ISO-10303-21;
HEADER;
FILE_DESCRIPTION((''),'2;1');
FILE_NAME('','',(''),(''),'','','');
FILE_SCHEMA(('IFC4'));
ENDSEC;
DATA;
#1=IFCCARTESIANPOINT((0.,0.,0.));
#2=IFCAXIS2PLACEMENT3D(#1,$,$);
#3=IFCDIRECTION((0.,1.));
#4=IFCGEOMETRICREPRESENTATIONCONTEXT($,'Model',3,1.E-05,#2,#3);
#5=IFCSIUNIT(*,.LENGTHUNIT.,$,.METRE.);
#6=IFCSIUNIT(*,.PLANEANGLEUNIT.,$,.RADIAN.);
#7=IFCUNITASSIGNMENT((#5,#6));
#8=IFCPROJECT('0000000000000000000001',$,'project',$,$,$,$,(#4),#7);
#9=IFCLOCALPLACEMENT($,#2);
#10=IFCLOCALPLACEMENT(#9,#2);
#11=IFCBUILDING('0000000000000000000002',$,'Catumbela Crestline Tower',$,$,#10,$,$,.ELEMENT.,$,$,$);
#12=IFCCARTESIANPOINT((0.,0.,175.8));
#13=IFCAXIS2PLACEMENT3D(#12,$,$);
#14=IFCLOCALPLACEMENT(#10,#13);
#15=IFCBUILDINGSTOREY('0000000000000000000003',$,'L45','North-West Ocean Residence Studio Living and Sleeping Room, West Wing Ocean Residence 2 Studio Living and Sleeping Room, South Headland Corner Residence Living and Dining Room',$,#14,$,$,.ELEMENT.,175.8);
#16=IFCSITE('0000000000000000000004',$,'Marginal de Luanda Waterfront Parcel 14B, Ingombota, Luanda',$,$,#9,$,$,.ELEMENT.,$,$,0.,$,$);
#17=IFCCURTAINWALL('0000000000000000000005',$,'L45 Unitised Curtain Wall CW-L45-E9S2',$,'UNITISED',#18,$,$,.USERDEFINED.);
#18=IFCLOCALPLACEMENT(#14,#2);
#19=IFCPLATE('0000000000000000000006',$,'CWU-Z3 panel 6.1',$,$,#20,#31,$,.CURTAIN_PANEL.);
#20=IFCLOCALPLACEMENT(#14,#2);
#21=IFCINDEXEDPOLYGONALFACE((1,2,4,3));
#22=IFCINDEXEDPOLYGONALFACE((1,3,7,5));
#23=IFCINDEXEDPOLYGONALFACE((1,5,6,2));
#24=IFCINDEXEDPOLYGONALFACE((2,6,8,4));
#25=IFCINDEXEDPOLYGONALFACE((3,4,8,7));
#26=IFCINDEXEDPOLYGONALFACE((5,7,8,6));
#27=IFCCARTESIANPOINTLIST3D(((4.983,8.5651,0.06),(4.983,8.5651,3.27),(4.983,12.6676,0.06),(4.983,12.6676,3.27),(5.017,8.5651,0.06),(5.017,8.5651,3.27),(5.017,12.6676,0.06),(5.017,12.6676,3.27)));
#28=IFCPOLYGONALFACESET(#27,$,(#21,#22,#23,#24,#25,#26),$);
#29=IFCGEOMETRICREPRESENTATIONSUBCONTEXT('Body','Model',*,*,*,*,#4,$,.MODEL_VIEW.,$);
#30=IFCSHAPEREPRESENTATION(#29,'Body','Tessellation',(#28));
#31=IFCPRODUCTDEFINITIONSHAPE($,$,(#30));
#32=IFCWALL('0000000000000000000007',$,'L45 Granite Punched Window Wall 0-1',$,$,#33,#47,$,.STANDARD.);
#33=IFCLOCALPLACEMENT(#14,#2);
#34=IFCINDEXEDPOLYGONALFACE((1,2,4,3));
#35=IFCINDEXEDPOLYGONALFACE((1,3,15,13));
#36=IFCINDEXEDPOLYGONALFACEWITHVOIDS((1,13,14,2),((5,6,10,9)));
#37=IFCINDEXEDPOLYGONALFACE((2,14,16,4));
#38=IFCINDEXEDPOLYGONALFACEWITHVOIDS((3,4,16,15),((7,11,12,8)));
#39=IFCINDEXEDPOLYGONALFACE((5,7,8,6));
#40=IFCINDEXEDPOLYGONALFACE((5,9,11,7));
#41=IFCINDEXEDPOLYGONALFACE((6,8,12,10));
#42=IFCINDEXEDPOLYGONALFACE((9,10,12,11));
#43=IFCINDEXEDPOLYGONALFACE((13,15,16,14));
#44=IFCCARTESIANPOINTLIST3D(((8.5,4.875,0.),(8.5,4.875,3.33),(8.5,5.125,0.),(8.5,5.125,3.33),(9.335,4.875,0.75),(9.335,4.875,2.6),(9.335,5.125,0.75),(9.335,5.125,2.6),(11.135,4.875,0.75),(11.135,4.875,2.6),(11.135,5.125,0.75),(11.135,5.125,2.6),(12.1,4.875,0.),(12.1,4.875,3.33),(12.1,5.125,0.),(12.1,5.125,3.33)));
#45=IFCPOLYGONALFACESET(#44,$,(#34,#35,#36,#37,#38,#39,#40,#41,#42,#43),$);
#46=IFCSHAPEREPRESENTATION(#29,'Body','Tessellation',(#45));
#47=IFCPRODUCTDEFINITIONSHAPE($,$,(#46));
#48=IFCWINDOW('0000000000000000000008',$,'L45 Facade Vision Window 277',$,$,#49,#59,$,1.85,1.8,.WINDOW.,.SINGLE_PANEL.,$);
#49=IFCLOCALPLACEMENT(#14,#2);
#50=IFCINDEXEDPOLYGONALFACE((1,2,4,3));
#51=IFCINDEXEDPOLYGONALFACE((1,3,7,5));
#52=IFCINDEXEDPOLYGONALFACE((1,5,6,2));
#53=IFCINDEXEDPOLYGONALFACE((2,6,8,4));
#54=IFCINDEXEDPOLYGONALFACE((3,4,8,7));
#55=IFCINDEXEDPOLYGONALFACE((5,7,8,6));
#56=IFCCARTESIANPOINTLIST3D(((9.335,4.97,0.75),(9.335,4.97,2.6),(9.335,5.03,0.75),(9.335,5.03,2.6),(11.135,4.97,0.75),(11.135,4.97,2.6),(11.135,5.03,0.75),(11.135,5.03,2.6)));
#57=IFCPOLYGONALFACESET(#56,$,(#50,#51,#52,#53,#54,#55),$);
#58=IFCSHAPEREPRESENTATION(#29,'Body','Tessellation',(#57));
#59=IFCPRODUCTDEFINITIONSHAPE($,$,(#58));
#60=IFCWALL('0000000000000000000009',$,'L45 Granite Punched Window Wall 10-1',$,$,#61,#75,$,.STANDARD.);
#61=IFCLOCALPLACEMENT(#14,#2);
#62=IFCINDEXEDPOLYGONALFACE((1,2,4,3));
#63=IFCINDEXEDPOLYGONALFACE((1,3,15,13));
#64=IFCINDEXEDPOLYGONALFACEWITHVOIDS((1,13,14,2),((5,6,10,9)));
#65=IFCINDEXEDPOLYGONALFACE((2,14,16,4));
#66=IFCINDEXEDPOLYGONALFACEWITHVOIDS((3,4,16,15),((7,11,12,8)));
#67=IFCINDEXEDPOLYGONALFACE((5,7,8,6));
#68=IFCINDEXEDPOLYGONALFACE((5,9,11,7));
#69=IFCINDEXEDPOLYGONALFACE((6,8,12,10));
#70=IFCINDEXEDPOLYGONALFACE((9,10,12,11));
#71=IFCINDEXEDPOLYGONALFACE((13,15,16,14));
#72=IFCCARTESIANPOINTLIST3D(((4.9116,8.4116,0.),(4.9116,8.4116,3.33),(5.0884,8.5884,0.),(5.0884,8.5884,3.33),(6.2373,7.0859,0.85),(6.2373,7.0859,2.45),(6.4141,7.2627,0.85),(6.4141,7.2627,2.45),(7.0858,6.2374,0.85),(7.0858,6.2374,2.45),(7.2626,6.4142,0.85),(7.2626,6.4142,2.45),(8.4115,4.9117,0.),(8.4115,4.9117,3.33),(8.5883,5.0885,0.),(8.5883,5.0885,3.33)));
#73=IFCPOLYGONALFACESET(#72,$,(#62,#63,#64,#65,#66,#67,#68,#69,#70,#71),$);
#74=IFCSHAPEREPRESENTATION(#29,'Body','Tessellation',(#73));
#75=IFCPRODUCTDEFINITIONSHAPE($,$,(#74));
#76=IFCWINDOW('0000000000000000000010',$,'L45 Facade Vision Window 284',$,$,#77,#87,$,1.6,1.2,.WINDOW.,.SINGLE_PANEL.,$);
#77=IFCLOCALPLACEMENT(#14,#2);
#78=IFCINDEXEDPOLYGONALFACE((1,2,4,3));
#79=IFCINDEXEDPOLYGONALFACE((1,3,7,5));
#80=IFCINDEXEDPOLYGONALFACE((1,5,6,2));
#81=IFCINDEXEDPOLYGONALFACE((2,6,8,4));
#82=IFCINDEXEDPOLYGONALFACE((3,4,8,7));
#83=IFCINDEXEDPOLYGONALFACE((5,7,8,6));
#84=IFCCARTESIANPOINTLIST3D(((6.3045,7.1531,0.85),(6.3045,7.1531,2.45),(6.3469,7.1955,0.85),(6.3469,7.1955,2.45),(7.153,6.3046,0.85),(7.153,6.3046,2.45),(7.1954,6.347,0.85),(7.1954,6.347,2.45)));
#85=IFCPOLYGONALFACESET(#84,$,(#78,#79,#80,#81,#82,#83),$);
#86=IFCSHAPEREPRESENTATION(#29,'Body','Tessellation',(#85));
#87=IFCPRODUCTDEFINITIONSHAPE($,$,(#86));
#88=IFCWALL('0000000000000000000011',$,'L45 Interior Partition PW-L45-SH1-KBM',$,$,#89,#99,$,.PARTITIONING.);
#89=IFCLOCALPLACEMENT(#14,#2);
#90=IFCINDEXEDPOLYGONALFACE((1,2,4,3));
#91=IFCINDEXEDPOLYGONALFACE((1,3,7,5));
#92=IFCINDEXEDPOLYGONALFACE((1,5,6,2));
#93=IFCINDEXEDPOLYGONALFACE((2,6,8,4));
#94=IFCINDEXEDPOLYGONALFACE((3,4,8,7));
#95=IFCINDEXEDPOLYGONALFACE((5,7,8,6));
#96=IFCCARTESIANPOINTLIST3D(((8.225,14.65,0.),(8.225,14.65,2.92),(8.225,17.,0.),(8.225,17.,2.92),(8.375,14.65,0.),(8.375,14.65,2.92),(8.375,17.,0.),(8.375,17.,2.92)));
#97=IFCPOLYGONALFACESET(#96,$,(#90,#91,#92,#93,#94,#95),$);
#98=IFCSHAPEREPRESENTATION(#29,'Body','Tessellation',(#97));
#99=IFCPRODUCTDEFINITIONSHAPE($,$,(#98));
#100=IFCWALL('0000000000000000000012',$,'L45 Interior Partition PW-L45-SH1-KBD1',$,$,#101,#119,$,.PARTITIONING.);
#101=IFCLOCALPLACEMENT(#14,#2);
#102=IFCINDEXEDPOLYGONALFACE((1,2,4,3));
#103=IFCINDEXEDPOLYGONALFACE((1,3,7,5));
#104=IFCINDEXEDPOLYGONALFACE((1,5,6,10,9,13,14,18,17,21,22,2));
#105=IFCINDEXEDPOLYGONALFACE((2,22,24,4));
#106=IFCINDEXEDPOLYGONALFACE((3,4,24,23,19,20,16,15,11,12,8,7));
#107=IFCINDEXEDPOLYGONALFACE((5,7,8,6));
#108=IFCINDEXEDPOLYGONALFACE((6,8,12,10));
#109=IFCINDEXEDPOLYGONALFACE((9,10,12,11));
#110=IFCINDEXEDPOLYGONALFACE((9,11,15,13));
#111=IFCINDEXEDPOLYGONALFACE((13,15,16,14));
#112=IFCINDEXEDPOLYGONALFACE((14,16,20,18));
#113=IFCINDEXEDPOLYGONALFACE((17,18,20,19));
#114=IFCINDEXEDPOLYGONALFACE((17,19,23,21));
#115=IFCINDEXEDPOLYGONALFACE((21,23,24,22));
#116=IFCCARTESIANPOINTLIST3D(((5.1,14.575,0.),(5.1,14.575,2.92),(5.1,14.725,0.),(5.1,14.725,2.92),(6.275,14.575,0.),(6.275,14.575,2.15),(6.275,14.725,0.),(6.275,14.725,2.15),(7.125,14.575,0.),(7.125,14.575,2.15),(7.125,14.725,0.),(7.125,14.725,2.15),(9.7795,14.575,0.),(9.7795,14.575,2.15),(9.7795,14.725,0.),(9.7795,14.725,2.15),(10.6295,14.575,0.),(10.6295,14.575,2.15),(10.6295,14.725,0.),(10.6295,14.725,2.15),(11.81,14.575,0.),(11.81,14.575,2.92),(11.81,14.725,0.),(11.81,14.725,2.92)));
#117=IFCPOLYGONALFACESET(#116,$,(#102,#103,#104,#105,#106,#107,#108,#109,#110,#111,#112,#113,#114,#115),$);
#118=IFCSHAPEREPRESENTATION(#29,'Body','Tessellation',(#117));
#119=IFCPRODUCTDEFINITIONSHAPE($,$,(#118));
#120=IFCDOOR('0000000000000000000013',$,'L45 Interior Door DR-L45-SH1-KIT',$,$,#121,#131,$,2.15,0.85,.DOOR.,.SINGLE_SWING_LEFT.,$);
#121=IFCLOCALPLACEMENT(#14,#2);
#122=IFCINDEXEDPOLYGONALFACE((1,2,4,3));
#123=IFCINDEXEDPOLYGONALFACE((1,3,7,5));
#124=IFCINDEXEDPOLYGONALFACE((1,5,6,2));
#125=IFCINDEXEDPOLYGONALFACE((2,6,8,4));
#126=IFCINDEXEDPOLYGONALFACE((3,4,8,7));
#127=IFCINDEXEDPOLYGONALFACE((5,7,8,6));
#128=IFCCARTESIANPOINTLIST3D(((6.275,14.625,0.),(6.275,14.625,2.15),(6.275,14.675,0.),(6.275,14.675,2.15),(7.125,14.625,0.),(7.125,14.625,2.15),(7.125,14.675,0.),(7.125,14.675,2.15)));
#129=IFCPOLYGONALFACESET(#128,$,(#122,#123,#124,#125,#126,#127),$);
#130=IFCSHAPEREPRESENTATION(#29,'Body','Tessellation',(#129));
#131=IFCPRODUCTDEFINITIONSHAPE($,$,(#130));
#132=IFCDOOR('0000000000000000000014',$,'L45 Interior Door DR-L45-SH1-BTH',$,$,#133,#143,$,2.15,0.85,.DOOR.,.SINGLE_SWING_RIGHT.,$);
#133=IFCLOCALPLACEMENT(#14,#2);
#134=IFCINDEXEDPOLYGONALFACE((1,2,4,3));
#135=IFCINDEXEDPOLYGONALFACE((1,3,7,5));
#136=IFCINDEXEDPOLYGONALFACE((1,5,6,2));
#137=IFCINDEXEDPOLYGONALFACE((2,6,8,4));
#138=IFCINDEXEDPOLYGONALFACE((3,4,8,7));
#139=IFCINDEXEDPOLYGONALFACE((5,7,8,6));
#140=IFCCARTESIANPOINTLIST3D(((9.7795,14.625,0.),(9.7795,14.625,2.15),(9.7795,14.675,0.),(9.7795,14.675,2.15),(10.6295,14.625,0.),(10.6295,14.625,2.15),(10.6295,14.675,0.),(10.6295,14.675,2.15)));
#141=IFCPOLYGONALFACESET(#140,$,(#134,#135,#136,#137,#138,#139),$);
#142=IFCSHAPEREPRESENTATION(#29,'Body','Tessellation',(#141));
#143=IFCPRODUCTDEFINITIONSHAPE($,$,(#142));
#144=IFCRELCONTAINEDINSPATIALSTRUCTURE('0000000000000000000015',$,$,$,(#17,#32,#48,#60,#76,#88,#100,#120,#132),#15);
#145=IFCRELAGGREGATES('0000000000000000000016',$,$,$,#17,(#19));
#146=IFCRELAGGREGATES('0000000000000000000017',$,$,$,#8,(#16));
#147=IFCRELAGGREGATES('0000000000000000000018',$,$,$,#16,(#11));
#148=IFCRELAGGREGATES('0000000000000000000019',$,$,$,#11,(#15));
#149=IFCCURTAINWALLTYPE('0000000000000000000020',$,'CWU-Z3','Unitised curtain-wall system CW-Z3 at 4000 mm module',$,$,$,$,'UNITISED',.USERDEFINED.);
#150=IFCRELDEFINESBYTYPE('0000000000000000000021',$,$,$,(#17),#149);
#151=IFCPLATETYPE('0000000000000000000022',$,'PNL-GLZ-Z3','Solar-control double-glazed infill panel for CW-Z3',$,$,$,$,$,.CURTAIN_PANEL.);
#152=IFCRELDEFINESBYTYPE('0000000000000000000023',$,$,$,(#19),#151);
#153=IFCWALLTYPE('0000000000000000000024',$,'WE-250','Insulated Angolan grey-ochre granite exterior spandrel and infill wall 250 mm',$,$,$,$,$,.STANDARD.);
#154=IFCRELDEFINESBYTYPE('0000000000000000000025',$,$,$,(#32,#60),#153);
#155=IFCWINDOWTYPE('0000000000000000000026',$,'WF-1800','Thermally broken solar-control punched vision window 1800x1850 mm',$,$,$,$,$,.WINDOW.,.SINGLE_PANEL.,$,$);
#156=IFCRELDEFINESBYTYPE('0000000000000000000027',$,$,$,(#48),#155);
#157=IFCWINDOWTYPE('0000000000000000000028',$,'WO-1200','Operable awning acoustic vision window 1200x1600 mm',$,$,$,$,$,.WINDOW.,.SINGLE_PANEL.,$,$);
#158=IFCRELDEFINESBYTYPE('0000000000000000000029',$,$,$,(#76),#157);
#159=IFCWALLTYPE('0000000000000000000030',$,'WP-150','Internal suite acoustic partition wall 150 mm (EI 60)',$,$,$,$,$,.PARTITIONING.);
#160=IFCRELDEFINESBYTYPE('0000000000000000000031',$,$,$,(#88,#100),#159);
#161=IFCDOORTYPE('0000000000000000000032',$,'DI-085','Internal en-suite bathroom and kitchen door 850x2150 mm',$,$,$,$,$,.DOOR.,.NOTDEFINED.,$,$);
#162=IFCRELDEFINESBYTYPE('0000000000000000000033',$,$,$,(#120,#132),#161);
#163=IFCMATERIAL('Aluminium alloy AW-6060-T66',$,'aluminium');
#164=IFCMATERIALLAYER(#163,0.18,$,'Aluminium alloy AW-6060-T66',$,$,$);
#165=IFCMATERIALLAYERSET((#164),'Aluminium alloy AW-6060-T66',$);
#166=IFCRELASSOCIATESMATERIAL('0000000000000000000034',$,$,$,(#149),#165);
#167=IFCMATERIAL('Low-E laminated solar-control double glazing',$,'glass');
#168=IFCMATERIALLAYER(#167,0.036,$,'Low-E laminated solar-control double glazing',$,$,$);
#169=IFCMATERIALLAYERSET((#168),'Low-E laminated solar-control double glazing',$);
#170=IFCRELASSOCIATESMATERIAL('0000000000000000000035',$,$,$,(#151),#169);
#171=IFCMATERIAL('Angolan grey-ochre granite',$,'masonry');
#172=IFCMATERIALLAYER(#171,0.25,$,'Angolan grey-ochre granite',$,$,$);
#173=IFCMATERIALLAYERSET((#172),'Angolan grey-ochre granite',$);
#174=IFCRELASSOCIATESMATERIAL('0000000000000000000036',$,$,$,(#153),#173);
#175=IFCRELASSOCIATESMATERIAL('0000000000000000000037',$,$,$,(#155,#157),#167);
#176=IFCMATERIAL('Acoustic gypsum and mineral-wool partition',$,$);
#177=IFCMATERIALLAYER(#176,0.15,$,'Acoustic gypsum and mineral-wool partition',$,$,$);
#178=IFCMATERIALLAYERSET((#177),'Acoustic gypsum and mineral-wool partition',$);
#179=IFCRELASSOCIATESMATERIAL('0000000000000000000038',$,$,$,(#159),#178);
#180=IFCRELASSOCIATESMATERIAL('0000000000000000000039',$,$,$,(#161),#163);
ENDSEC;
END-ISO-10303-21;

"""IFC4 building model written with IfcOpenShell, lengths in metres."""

from ifc_helpers import new_model, si_unit, direction, frame, frame_2d, origin, origin_2d, place, context, subcontext, project, spatial, rectangle, extrude, material, layer, layer_set, type_object, element, fill, aggregate, save


model = new_model("IFC4")

# Units and contexts
model_context = context("Model", 3, precision=1e-05, world=origin(), true_north=direction((0.0, 1.0)))
body_context = subcontext(model_context, "Body", "Model", "MODEL_VIEW")
ifc_project = project(units=[si_unit("LENGTHUNIT", "METRE"), si_unit("PLANEANGLEUNIT", "RADIAN")], contexts=[model_context])

# Site, building, storey
site_placement = place(None, origin())
site = spatial("IfcSite", under=ifc_project, at=site_placement, Name="Marginal de Luanda Waterfront Parcel 14B, Ingombota, Luanda", CompositionType="ELEMENT", RefElevation=0.0)
building_placement = place(site_placement, origin())
building = spatial("IfcBuilding", under=site, at=building_placement, Name="Catumbela Crestline Tower", CompositionType="ELEMENT")
storey_placement = place(building_placement, frame((0.0, 0.0, 175.8)))
storey = spatial("IfcBuildingStorey", under=building, at=storey_placement, Name="L45", Description="North-West Ocean Residence Studio Living and Sleeping Room, West Wing Ocean Residence 2 Studio Living and Sleeping Room, South Headland Corner Residence Living and Dining Room", CompositionType="ELEMENT", Elevation=175.8)

# Curtain wall, plate
ifc_material_1 = material(Name="Aluminium alloy AW-6060-T66", Category="aluminium")
ifc_layer_1 = layer(ifc_material_1, 0.18, Name="Aluminium alloy AW-6060-T66")
ifc_layer_set_1 = layer_set([ifc_layer_1], Name="Aluminium alloy AW-6060-T66")
curtain_wall_type = type_object("IfcCurtainWallType", Name="CWU-Z3", Description="Unitised curtain-wall system CW-Z3 at 4000 mm module", ElementType="UNITISED", PredefinedType="USERDEFINED", material=ifc_layer_set_1)
curtain_wall_placement = place(storey_placement, origin())
curtain_wall = element("IfcCurtainWall", 1, at=curtain_wall_placement, inside=storey, type_object=curtain_wall_type, Name="L45 Unitised Curtain Wall CW-L45-E9S2", ObjectType="UNITISED", PredefinedType="USERDEFINED")
ifc_material_2 = material(Name="Low-E laminated solar-control double glazing", Category="glass")
ifc_layer_2 = layer(ifc_material_2, 0.036, Name="Low-E laminated solar-control double glazing")
ifc_layer_set_2 = layer_set([ifc_layer_2], Name="Low-E laminated solar-control double glazing")
plate_type = type_object("IfcPlateType", Name="PNL-GLZ-Z3", Description="Solar-control double-glazed infill panel for CW-Z3", PredefinedType="CURTAIN_PANEL", material=ifc_layer_set_2)
plate_1_placement = place(storey_placement, frame((5.0, 10.6163, 0.06), z_axis=(0.0, 0.0, 1.0), x_axis=(0.0, -1.0, 0.0)))
plate_1 = element("IfcPlate", 2, at=plate_1_placement, type_object=plate_type, Name="CWU-Z3 panel 6.1", PredefinedType="CURTAIN_PANEL", context=body_context, shape_type="SweptSolid", body=[
    extrude(rectangle(XDim=4.1025, YDim=0.034, at=origin_2d()), origin(), (0.0, 0.0, 1.0), 3.21),
])
aggregate(curtain_wall, [plate_1])

# Walls, openings, windows
ifc_material_3 = material(Name="Angolan grey-ochre granite", Category="masonry")
ifc_layer_3 = layer(ifc_material_3, 0.25, Name="Angolan grey-ochre granite")
ifc_layer_set_3 = layer_set([ifc_layer_3], Name="Angolan grey-ochre granite")
wall_type_1 = type_object("IfcWallType", Name="WE-250", Description="Insulated Angolan grey-ochre granite exterior spandrel and infill wall 250 mm", PredefinedType="STANDARD", material=ifc_layer_set_3)
wall_1_placement = place(storey_placement, frame((8.5, 5.0, 0.0), z_axis=(0.0, 0.0, 1.0), x_axis=(1.0, 0.0, 0.0)))
wall_1 = element("IfcWall", 3, at=wall_1_placement, inside=storey, type_object=wall_type_1, Name="L45 Granite Punched Window Wall 0-1", PredefinedType="STANDARD", context=body_context, shape_type="SweptSolid", body=[
    extrude(rectangle(XDim=3.6, YDim=0.25, at=frame_2d((1.8, 0.0))), origin(), (0.0, 0.0, 1.0), 3.33),
])
opening_1_placement = place(wall_1_placement, frame((0.835, 0.0, 0.75)))
opening_1 = element("IfcOpeningElement", 4, at=opening_1_placement, cuts=wall_1, PredefinedType="OPENING", context=body_context, shape_type="SweptSolid", body=[
    extrude(rectangle(XDim=1.8, YDim=1.85, at=frame_2d((0.9, 0.925))), frame((0.0, 0.135, 0.0), z_axis=(0.0, -1.0, 0.0), x_axis=(1.0, 0.0, 0.0)), (0.0, 0.0, 1.0), 0.27),
])
window_type_1 = type_object("IfcWindowType", Name="WF-1800", Description="Thermally broken solar-control punched vision window 1800x1850 mm", PartitioningType="SINGLE_PANEL", PredefinedType="WINDOW", material=ifc_material_2)
window_1_placement = place(opening_1_placement, origin())
window_1 = element("IfcWindow", 5, at=window_1_placement, inside=storey, type_object=window_type_1, Name="L45 Facade Vision Window 277", OverallHeight=1.85, OverallWidth=1.8, PartitioningType="SINGLE_PANEL", PredefinedType="WINDOW", context=body_context, shape_type="SweptSolid", body=[
    extrude(rectangle(XDim=1.8, YDim=1.85, at=frame_2d((0.9, 0.925))), frame((0.0, 0.03, 0.0), z_axis=(0.0, -1.0, 0.0), x_axis=(1.0, 0.0, 0.0)), (0.0, 0.0, 1.0), 0.06),
])
fill(opening_1, window_1)
wall_2_placement = place(storey_placement, frame((5.0, 8.5, 0.0), z_axis=(0.0, 0.0, 1.0), x_axis=(0.707107, -0.707107, 0.0)))
wall_2 = element("IfcWall", 6, at=wall_2_placement, inside=storey, type_object=wall_type_1, Name="L45 Granite Punched Window Wall 10-1", PredefinedType="STANDARD", context=body_context, shape_type="SweptSolid", body=[
    extrude(rectangle(XDim=4.9497, YDim=0.25, at=frame_2d((2.4748, 0.0))), origin(), (0.0, 0.0, 1.0), 3.33),
])
opening_2_placement = place(wall_2_placement, frame((1.8748, 0.0, 0.85)))
opening_2 = element("IfcOpeningElement", 7, at=opening_2_placement, cuts=wall_2, PredefinedType="OPENING", context=body_context, shape_type="SweptSolid", body=[
    extrude(rectangle(XDim=1.2, YDim=1.6, at=frame_2d((0.6, 0.8))), frame((0.0, 0.135, 0.0), z_axis=(0.0, -1.0, 0.0), x_axis=(1.0, 0.0, 0.0)), (0.0, 0.0, 1.0), 0.27),
])
window_type_2 = type_object("IfcWindowType", Name="WO-1200", Description="Operable awning acoustic vision window 1200x1600 mm", PartitioningType="SINGLE_PANEL", PredefinedType="WINDOW", material=ifc_material_2)
window_2_placement = place(opening_2_placement, origin())
window_2 = element("IfcWindow", 8, at=window_2_placement, inside=storey, type_object=window_type_2, Name="L45 Facade Vision Window 284", OverallHeight=1.6, OverallWidth=1.2, PartitioningType="SINGLE_PANEL", PredefinedType="WINDOW", context=body_context, shape_type="SweptSolid", body=[
    extrude(rectangle(XDim=1.2, YDim=1.6, at=frame_2d((0.6, 0.8))), frame((0.0, 0.03, 0.0), z_axis=(0.0, -1.0, 0.0), x_axis=(1.0, 0.0, 0.0)), (0.0, 0.0, 1.0), 0.06),
])
fill(opening_2, window_2)

# Wall
ifc_material_4 = material(Name="Acoustic gypsum and mineral-wool partition")
ifc_layer_4 = layer(ifc_material_4, 0.15, Name="Acoustic gypsum and mineral-wool partition")
ifc_layer_set_4 = layer_set([ifc_layer_4], Name="Acoustic gypsum and mineral-wool partition")
wall_type_2 = type_object("IfcWallType", Name="WP-150", Description="Internal suite acoustic partition wall 150 mm (EI 60)", PredefinedType="PARTITIONING", material=ifc_layer_set_4)
wall_3_placement = place(storey_placement, frame((8.3, 14.65, 0.0), z_axis=(0.0, 0.0, 1.0), x_axis=(0.0, 1.0, 0.0)))
element("IfcWall", 9, at=wall_3_placement, inside=storey, type_object=wall_type_2, Name="L45 Interior Partition PW-L45-SH1-KBM", PredefinedType="PARTITIONING", context=body_context, shape_type="SweptSolid", body=[
    extrude(rectangle(XDim=2.35, YDim=0.15, at=frame_2d((1.175, 0.0))), origin(), (0.0, 0.0, 1.0), 2.92),
])

# Wall, openings, doors
wall_4_placement = place(storey_placement, frame((5.1, 14.65, 0.0), z_axis=(0.0, 0.0, 1.0), x_axis=(1.0, 0.0, 0.0)))
wall_4 = element("IfcWall", 10, at=wall_4_placement, inside=storey, type_object=wall_type_2, Name="L45 Interior Partition PW-L45-SH1-KBD1", PredefinedType="PARTITIONING", context=body_context, shape_type="SweptSolid", body=[
    extrude(rectangle(XDim=6.71, YDim=0.15, at=frame_2d((3.355, 0.0))), origin(), (0.0, 0.0, 1.0), 2.92),
])
opening_3_placement = place(wall_4_placement, frame((1.175, 0.0, 0.0)))
opening_3 = element("IfcOpeningElement", 11, at=opening_3_placement, cuts=wall_4, PredefinedType="OPENING", context=body_context, shape_type="SweptSolid", body=[
    extrude(rectangle(XDim=0.85, YDim=2.15, at=frame_2d((0.425, 1.075))), frame((0.0, 0.085, 0.0), z_axis=(0.0, -1.0, 0.0), x_axis=(1.0, 0.0, 0.0)), (0.0, 0.0, 1.0), 0.17),
])
opening_4_placement = place(wall_4_placement, frame((4.6795, 0.0, 0.0)))
opening_4 = element("IfcOpeningElement", 12, at=opening_4_placement, cuts=wall_4, PredefinedType="OPENING", context=body_context, shape_type="SweptSolid", body=[
    extrude(rectangle(XDim=0.85, YDim=2.15, at=frame_2d((0.425, 1.075))), frame((0.0, 0.085, 0.0), z_axis=(0.0, -1.0, 0.0), x_axis=(1.0, 0.0, 0.0)), (0.0, 0.0, 1.0), 0.17),
])
door_type_1 = type_object("IfcDoorType", Name="DI-085", Description="Internal en-suite bathroom and kitchen door 850x2150 mm", OperationType="NOTDEFINED", PredefinedType="DOOR", material=ifc_material_1)
door_1_placement = place(opening_3_placement, origin())
door_1 = element("IfcDoor", 13, at=door_1_placement, inside=storey, type_object=door_type_1, Name="L45 Interior Door DR-L45-SH1-KIT", OperationType="SINGLE_SWING_LEFT", OverallHeight=2.15, OverallWidth=0.85, PredefinedType="DOOR", context=body_context, shape_type="SweptSolid", body=[
    extrude(rectangle(XDim=0.85, YDim=2.15, at=frame_2d((0.425, 1.075))), frame((0.0, 0.025, 0.0), z_axis=(0.0, -1.0, 0.0), x_axis=(1.0, 0.0, 0.0)), (0.0, 0.0, 1.0), 0.05),
])
fill(opening_3, door_1)
door_2_placement = place(opening_4_placement, origin())
door_2 = element("IfcDoor", 14, at=door_2_placement, inside=storey, type_object=door_type_1, Name="L45 Interior Door DR-L45-SH1-BTH", OperationType="SINGLE_SWING_RIGHT", OverallHeight=2.15, OverallWidth=0.85, PredefinedType="DOOR", context=body_context, shape_type="SweptSolid", body=[
    extrude(rectangle(XDim=0.85, YDim=2.15, at=frame_2d((0.425, 1.075))), frame((0.0, 0.025, 0.0), z_axis=(0.0, -1.0, 0.0), x_axis=(1.0, 0.0, 0.0)), (0.0, 0.0, 1.0), 0.05),
])
fill(opening_4, door_2)

save(model, "model.ifc")
